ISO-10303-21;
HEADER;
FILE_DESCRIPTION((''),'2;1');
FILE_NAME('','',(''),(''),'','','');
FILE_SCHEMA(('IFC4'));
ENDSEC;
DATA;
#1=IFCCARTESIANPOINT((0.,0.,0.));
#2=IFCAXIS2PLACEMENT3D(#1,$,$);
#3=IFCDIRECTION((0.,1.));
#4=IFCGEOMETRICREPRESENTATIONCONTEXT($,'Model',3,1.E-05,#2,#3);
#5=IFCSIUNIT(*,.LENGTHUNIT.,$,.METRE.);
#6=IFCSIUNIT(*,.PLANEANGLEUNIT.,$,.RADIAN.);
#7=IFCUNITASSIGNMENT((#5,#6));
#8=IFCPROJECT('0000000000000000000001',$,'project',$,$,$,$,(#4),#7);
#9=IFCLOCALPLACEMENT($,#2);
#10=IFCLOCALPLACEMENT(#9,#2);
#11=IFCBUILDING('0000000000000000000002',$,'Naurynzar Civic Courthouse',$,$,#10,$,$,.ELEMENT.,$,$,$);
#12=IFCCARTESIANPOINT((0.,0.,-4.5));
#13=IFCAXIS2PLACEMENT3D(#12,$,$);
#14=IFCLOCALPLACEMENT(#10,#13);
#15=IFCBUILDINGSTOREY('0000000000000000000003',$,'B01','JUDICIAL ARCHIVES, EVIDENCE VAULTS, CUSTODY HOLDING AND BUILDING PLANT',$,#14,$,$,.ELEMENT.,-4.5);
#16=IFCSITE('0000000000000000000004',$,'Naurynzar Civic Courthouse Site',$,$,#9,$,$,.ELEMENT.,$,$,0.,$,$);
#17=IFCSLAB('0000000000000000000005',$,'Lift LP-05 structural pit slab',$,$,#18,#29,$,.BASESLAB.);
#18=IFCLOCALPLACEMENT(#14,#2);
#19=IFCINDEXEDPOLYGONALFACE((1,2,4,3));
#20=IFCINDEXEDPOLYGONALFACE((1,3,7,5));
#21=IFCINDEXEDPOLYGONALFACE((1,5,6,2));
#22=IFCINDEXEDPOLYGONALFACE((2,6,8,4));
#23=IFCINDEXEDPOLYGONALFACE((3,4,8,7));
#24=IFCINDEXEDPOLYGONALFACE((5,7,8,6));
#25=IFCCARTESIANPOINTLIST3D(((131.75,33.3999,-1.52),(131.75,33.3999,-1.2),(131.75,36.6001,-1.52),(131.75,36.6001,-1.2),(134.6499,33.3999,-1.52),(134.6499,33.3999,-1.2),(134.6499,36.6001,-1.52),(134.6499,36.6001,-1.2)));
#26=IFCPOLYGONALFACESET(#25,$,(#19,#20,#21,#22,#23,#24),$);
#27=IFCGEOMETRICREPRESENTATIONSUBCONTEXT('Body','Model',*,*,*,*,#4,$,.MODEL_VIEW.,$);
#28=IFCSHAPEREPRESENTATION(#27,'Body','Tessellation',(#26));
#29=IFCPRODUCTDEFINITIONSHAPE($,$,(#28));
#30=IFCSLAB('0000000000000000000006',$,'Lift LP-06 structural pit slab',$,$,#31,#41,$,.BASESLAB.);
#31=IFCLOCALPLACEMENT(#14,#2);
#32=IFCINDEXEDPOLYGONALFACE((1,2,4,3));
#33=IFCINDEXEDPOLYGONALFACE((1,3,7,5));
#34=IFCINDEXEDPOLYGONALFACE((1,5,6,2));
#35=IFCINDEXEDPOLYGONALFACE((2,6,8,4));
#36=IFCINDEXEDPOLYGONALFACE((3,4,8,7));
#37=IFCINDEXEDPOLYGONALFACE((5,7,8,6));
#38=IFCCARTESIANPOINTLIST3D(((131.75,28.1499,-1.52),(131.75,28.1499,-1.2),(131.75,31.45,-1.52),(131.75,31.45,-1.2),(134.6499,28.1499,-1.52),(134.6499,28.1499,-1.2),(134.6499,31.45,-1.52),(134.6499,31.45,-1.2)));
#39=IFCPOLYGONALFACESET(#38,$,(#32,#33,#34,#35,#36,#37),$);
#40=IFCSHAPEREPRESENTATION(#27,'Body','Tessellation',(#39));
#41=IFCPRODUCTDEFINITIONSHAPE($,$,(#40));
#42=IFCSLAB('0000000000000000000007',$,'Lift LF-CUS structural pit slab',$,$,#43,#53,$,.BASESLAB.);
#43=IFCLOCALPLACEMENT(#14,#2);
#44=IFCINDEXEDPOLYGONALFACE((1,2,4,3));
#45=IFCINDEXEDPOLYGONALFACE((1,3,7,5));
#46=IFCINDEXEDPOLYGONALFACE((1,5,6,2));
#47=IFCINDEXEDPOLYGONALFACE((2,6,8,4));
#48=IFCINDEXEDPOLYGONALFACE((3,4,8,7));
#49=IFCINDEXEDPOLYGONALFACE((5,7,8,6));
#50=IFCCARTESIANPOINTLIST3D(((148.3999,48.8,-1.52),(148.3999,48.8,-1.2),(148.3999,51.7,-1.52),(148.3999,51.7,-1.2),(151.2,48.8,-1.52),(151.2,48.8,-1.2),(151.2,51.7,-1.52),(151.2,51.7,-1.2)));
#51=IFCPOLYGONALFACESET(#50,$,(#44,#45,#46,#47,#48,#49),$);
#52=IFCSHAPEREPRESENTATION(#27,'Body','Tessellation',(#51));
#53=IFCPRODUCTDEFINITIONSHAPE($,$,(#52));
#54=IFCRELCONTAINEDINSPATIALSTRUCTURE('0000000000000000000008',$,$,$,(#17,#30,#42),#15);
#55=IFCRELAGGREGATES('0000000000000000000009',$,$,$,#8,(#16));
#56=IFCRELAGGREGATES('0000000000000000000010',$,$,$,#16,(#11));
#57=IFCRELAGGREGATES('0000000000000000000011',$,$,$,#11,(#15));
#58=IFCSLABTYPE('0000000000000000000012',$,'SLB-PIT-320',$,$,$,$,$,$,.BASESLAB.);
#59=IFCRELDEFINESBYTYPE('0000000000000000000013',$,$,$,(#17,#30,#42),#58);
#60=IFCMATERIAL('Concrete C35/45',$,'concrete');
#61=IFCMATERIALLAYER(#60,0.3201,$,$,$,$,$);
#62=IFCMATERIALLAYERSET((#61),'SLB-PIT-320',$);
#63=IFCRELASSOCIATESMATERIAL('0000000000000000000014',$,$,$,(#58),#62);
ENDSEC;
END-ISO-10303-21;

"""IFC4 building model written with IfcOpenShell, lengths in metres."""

from ifc_helpers import new_model, si_unit, direction, frame, origin, place, context, subcontext, project, spatial, polyline, outline, extrude, material, layer, layer_set, type_object, element, save


model = new_model("IFC4")

# Units and contexts
model_context = context("Model", 3, precision=1e-05, world=origin(), true_north=direction((0.0, 1.0)))
body_context = subcontext(model_context, "Body", "Model", "MODEL_VIEW")
ifc_project = project(units=[si_unit("LENGTHUNIT", "METRE"), si_unit("PLANEANGLEUNIT", "RADIAN")], contexts=[model_context])

# Site, building, storey
site_placement = place(None, origin())
site = spatial("IfcSite", under=ifc_project, at=site_placement, Name="Naurynzar Civic Courthouse Site", CompositionType="ELEMENT", RefElevation=0.0)
building_placement = place(site_placement, origin())
building = spatial("IfcBuilding", under=site, at=building_placement, Name="Naurynzar Civic Courthouse", CompositionType="ELEMENT")
storey_placement = place(building_placement, frame((0.0, 0.0, -4.5)))
storey = spatial("IfcBuildingStorey", under=building, at=storey_placement, Name="B01", Description="JUDICIAL ARCHIVES, EVIDENCE VAULTS, CUSTODY HOLDING AND BUILDING PLANT", CompositionType="ELEMENT", Elevation=-4.5)

# Slabs
ifc_material_1 = material(Name="Concrete C35/45", Category="concrete")
ifc_layer_1 = layer(ifc_material_1, 0.3201)
ifc_layer_set_1 = layer_set([ifc_layer_1], Name="SLB-PIT-320")
slab_type_1 = type_object("IfcSlabType", Name="SLB-PIT-320", PredefinedType="BASESLAB", material=ifc_layer_set_1)
slab_1_placement = place(storey_placement, frame((0.0, 0.0, -1.52)))
element("IfcSlab", 1, at=slab_1_placement, inside=storey, type_object=slab_type_1, Name="Lift LP-05 structural pit slab", PredefinedType="BASESLAB", context=body_context, shape_type="SweptSolid", body=[
    extrude(outline(polyline([(131.75, 33.3999), (134.6499, 33.3999), (134.6499, 36.6001), (131.75, 36.6001), (131.75, 33.3999)])), origin(), (0.0, 0.0, 1.0), 0.3201),
])
slab_2_placement = place(storey_placement, frame((0.0, 0.0, -1.52)))
element("IfcSlab", 2, at=slab_2_placement, inside=storey, type_object=slab_type_1, Name="Lift LP-06 structural pit slab", PredefinedType="BASESLAB", context=body_context, shape_type="SweptSolid", body=[
    extrude(outline(polyline([(131.75, 28.1499), (134.6499, 28.1499), (134.6499, 31.45), (131.75, 31.45), (131.75, 28.1499)])), origin(), (0.0, 0.0, 1.0), 0.3201),
])
slab_3_placement = place(storey_placement, frame((0.0, 0.0, -1.52)))
element("IfcSlab", 3, at=slab_3_placement, inside=storey, type_object=slab_type_1, Name="Lift LF-CUS structural pit slab", PredefinedType="BASESLAB", context=body_context, shape_type="SweptSolid", body=[
    extrude(outline(polyline([(148.3999, 48.8), (151.2, 48.8), (151.2, 51.7), (148.3999, 51.7), (148.3999, 48.8)])), origin(), (0.0, 0.0, 1.0), 0.3201),
])

save(model, "model.ifc")
